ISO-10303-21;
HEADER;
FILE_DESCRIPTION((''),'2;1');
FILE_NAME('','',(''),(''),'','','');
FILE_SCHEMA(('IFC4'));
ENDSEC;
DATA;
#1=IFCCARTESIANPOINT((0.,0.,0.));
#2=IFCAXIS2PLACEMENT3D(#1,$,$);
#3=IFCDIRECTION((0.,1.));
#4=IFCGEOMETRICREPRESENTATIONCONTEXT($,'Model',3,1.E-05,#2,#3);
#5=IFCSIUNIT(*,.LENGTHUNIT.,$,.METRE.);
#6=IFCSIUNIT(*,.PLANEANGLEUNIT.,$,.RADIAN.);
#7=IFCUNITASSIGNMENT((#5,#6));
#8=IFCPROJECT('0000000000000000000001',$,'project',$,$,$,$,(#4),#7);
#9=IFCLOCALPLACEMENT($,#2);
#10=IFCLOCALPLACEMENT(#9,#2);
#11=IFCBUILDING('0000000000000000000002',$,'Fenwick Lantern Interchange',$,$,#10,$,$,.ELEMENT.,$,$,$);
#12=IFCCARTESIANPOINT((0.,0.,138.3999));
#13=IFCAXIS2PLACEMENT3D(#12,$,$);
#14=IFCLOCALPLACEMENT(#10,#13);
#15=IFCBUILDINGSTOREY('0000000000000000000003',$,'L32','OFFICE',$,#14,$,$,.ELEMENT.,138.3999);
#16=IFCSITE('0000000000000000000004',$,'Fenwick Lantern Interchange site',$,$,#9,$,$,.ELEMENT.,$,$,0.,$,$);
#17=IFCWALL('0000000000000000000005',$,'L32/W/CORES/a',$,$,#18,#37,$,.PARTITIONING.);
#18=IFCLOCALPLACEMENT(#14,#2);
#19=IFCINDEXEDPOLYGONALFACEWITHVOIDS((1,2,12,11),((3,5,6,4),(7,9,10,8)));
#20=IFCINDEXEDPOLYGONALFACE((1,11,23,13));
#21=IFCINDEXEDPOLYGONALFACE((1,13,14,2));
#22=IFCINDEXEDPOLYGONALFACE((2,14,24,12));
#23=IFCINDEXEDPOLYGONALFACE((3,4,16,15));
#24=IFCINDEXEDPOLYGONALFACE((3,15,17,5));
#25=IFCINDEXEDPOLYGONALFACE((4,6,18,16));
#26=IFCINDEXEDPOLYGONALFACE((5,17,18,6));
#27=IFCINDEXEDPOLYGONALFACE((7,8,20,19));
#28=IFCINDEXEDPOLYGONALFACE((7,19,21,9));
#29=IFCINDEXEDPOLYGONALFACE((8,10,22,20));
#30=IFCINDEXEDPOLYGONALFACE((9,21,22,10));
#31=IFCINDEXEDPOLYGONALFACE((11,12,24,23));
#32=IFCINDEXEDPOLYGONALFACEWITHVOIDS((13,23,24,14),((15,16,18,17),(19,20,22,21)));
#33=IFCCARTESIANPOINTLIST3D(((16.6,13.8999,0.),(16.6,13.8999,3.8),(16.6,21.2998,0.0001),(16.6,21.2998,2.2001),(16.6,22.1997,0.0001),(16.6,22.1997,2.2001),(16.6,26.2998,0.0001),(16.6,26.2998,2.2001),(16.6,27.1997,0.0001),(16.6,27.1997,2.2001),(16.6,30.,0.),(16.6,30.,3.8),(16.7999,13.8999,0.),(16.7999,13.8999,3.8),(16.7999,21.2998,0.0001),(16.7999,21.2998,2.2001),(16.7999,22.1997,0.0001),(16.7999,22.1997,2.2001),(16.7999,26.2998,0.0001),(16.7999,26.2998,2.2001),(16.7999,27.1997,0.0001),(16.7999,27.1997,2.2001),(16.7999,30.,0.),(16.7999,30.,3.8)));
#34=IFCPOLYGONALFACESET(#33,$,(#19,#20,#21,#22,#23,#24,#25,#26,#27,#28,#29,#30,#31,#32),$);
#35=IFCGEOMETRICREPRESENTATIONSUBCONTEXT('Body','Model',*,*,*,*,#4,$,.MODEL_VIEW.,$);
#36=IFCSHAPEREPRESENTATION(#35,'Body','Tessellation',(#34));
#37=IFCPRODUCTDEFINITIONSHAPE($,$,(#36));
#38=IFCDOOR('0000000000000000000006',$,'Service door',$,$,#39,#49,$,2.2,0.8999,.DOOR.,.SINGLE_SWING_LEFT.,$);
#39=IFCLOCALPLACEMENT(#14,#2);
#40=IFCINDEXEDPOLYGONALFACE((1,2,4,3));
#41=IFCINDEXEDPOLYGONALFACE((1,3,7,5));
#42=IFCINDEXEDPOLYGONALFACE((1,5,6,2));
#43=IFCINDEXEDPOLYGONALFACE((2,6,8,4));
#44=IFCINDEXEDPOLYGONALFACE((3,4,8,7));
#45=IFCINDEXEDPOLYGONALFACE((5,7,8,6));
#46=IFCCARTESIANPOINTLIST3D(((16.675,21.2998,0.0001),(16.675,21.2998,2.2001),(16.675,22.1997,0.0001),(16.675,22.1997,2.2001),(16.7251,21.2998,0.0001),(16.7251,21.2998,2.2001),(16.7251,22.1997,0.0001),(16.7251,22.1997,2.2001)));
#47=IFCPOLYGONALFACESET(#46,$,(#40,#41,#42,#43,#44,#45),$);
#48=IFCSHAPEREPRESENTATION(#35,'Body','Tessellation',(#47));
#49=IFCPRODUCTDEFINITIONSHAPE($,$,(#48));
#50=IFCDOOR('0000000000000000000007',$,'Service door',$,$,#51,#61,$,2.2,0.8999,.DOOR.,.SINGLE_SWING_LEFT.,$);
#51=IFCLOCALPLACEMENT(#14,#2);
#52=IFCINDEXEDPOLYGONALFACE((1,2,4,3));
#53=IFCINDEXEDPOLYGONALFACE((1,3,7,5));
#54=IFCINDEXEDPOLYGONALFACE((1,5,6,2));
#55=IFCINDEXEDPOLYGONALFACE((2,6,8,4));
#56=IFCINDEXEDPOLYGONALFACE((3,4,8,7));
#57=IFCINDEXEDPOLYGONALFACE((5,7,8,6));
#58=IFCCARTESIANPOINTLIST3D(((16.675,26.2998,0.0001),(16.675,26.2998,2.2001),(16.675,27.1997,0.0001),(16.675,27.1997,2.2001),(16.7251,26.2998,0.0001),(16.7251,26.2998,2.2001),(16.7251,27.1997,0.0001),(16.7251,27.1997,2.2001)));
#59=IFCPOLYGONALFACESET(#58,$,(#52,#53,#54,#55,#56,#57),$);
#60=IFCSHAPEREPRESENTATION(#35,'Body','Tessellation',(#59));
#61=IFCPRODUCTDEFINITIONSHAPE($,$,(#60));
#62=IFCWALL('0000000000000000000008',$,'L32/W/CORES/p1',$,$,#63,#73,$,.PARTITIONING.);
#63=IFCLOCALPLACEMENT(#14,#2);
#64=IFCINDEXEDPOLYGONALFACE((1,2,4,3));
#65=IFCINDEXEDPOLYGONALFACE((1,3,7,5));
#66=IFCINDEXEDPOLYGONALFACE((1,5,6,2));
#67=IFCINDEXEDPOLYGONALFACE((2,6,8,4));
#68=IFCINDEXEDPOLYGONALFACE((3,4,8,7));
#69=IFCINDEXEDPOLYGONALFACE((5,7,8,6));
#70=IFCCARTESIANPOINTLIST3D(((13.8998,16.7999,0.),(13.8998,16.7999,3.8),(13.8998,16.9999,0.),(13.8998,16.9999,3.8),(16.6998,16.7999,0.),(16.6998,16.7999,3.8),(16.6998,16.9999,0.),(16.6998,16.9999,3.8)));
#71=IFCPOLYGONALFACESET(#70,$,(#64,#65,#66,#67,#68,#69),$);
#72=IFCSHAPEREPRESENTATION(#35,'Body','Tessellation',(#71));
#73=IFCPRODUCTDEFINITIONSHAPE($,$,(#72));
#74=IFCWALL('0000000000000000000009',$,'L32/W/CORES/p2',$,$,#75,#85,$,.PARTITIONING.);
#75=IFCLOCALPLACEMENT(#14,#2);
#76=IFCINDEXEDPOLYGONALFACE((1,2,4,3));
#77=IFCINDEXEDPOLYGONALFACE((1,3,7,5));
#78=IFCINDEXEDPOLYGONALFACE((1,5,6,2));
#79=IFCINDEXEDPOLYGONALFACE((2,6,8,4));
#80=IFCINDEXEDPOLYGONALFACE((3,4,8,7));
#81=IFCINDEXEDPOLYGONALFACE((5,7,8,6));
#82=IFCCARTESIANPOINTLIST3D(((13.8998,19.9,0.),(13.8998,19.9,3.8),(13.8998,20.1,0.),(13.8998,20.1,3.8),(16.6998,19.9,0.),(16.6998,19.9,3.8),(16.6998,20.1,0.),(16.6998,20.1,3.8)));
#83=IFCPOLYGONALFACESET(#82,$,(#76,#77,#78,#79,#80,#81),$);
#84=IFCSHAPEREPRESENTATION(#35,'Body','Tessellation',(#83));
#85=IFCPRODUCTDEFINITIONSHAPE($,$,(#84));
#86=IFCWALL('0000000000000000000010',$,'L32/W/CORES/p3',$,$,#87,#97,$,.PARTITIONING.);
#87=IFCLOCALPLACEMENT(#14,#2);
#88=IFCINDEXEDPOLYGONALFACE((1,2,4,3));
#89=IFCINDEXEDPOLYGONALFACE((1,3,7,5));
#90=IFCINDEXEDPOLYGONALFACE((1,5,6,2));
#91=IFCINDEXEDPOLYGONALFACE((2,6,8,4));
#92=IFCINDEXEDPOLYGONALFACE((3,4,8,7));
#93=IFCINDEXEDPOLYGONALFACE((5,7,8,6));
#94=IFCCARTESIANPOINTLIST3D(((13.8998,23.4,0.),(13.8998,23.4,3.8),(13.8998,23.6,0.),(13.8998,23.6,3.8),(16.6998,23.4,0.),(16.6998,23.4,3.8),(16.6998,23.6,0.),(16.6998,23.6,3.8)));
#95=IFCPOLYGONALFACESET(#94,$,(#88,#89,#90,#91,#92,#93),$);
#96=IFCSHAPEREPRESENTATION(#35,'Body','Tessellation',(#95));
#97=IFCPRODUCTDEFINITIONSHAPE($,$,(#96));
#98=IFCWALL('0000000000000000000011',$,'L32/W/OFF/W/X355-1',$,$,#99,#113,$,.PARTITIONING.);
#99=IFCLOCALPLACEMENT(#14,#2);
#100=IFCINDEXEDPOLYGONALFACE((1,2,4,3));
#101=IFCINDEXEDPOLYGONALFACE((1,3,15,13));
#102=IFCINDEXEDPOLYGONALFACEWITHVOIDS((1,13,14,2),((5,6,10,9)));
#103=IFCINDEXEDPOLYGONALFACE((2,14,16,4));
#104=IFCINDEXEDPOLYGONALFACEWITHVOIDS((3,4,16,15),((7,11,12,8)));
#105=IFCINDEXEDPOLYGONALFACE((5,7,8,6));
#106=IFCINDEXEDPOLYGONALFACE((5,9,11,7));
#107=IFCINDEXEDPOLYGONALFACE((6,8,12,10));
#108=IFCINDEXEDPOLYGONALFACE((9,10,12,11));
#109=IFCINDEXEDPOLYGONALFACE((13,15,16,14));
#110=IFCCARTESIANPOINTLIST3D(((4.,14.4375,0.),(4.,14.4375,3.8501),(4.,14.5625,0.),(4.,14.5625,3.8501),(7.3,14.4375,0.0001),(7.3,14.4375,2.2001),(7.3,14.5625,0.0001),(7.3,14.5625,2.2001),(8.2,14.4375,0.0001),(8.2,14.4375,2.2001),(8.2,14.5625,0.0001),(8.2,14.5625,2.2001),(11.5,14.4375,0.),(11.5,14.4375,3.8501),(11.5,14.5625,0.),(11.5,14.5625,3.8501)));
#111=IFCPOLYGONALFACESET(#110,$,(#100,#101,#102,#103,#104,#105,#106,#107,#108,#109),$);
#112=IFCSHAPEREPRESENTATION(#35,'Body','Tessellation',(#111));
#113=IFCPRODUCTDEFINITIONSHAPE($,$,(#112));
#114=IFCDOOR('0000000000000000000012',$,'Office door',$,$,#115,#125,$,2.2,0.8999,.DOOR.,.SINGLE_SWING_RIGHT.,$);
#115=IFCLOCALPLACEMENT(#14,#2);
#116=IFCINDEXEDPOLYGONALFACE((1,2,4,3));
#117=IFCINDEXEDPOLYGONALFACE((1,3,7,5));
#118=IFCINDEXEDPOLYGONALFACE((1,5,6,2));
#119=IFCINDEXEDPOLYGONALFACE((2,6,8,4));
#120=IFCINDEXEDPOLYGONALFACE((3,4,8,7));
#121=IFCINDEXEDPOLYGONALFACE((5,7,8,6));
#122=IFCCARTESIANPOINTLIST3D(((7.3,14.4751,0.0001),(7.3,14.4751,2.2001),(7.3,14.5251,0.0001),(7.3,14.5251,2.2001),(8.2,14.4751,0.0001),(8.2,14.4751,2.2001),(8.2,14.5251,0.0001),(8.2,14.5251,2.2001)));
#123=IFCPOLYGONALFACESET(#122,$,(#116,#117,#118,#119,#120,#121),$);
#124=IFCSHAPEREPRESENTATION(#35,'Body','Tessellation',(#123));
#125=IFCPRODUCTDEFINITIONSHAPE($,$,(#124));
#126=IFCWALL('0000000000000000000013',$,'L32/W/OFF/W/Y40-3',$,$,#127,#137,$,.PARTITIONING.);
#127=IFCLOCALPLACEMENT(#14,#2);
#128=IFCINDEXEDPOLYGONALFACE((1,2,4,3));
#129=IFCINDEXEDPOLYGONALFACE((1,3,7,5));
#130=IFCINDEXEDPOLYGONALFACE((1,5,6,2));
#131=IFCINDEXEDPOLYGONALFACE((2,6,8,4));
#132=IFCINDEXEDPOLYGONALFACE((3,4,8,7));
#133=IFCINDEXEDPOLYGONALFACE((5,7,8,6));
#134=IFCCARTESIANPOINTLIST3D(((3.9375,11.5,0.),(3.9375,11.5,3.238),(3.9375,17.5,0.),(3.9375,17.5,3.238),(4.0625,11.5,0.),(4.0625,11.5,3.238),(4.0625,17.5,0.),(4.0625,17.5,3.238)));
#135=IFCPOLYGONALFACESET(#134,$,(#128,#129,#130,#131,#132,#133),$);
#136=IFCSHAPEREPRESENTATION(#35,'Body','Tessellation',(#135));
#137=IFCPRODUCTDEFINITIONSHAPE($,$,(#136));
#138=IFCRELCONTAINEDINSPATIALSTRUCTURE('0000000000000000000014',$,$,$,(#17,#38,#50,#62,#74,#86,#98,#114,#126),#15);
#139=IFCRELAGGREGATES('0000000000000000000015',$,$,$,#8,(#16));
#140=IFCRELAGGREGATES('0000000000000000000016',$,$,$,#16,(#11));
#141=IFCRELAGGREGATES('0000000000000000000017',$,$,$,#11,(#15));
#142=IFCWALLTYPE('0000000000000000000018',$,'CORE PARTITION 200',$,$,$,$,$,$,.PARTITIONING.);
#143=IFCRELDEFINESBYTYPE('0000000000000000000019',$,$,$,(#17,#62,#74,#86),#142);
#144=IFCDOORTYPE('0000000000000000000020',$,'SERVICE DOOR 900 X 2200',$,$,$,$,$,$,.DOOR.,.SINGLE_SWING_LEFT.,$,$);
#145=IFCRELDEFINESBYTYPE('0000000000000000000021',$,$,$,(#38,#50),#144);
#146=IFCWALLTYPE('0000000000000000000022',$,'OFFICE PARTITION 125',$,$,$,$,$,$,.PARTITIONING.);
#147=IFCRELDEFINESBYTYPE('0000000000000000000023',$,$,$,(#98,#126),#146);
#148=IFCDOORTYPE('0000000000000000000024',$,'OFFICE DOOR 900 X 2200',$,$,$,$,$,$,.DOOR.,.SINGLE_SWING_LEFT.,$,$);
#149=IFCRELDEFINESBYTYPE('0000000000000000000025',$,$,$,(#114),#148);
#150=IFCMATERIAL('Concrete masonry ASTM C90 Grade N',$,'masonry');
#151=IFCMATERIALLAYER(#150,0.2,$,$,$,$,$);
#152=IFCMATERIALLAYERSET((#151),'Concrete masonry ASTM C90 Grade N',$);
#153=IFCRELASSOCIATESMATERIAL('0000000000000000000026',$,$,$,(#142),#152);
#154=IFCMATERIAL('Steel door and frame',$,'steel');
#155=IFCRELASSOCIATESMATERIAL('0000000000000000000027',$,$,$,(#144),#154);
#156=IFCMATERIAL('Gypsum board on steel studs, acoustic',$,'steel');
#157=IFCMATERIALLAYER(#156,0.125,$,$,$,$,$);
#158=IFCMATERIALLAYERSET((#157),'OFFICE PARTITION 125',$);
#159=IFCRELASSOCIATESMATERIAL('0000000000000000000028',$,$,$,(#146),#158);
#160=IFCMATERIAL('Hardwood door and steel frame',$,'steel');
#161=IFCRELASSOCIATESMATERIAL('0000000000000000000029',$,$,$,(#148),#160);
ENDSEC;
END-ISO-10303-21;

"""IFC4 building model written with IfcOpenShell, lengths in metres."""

from ifc_helpers import new_model, si_unit, direction, frame, frame_2d, origin, place, context, subcontext, project, spatial, rectangle, extrude, material, layer, layer_set, type_object, element, fill, save


model = new_model("IFC4")

# Units and contexts
model_context = context("Model", 3, precision=1e-05, world=origin(), true_north=direction((0.0, 1.0)))
body_context = subcontext(model_context, "Body", "Model", "MODEL_VIEW")
ifc_project = project(units=[si_unit("LENGTHUNIT", "METRE"), si_unit("PLANEANGLEUNIT", "RADIAN")], contexts=[model_context])

# Site, building, storey
site_placement = place(None, origin())
site = spatial("IfcSite", under=ifc_project, at=site_placement, Name="Fenwick Lantern Interchange site", CompositionType="ELEMENT", RefElevation=0.0)
building_placement = place(site_placement, origin())
building = spatial("IfcBuilding", under=site, at=building_placement, Name="Fenwick Lantern Interchange", CompositionType="ELEMENT")
storey_placement = place(building_placement, frame((0.0, 0.0, 138.3999)))
storey = spatial("IfcBuildingStorey", under=building, at=storey_placement, Name="L32", Description="OFFICE", CompositionType="ELEMENT", Elevation=138.3999)

# Wall, openings, doors
ifc_material_1 = material(Name="Concrete masonry ASTM C90 Grade N", Category="masonry")
ifc_layer_1 = layer(ifc_material_1, 0.2)
ifc_layer_set_1 = layer_set([ifc_layer_1], Name="Concrete masonry ASTM C90 Grade N")
wall_type_1 = type_object("IfcWallType", Name="CORE PARTITION 200", PredefinedType="PARTITIONING", material=ifc_layer_set_1)
wall_1_placement = place(storey_placement, frame((16.7, 13.8999, 0.0), z_axis=(0.0, 0.0, 1.0), x_axis=(0.0, 1.0, 0.0)))
wall_1 = element("IfcWall", 1, at=wall_1_placement, inside=storey, type_object=wall_type_1, Name="L32/W/CORES/a", PredefinedType="PARTITIONING", context=body_context, shape_type="SweptSolid", body=[
    extrude(rectangle(XDim=16.1001, YDim=0.2, at=frame_2d((8.05, 0.0))), origin(), (0.0, 0.0, 1.0), 3.8),
])
opening_1_placement = place(wall_1_placement, frame((7.3999, 0.0, 0.0)))
opening_1 = element("IfcOpeningElement", 2, at=opening_1_placement, cuts=wall_1, PredefinedType="OPENING", context=body_context, shape_type="SweptSolid", body=[
    extrude(rectangle(XDim=0.8999, YDim=2.2, at=frame_2d((0.45, 1.1001))), frame((0.0, 0.1099, 0.0), z_axis=(0.0, -1.0, 0.0), x_axis=(1.0, 0.0, 0.0)), (0.0, 0.0, 1.0), 0.22),
])
opening_2_placement = place(wall_1_placement, frame((12.3999, 0.0, 0.0)))
opening_2 = element("IfcOpeningElement", 3, at=opening_2_placement, cuts=wall_1, PredefinedType="OPENING", context=body_context, shape_type="SweptSolid", body=[
    extrude(rectangle(XDim=0.8999, YDim=2.2, at=frame_2d((0.45, 1.1001))), frame((0.0, 0.1099, 0.0), z_axis=(0.0, -1.0, 0.0), x_axis=(1.0, 0.0, 0.0)), (0.0, 0.0, 1.0), 0.22),
])
ifc_material_2 = material(Name="Steel door and frame", Category="steel")
door_type_1 = type_object("IfcDoorType", Name="SERVICE DOOR 900 X 2200", OperationType="SINGLE_SWING_LEFT", PredefinedType="DOOR", material=ifc_material_2)
door_1_placement = place(opening_1_placement, origin())
door_1 = element("IfcDoor", 4, at=door_1_placement, inside=storey, type_object=door_type_1, Name="Service door", OperationType="SINGLE_SWING_LEFT", OverallHeight=2.2, OverallWidth=0.8999, PredefinedType="DOOR", context=body_context, shape_type="SweptSolid", body=[
    extrude(rectangle(XDim=0.8999, YDim=2.2, at=frame_2d((0.45, 1.1001))), frame((0.0, 0.0249, 0.0), z_axis=(0.0, -1.0, 0.0), x_axis=(1.0, 0.0, 0.0)), (0.0, 0.0, 1.0), 0.05),
])
fill(opening_1, door_1)
door_2_placement = place(opening_2_placement, origin())
door_2 = element("IfcDoor", 5, at=door_2_placement, inside=storey, type_object=door_type_1, Name="Service door", OperationType="SINGLE_SWING_LEFT", OverallHeight=2.2, OverallWidth=0.8999, PredefinedType="DOOR", context=body_context, shape_type="SweptSolid", body=[
    extrude(rectangle(XDim=0.8999, YDim=2.2, at=frame_2d((0.45, 1.1001))), frame((0.0, 0.0249, 0.0), z_axis=(0.0, -1.0, 0.0), x_axis=(1.0, 0.0, 0.0)), (0.0, 0.0, 1.0), 0.05),
])
fill(opening_2, door_2)

# Walls
for number, where, z_axis, x_axis, name in (
    (6, (13.8999, 16.8999, 0.0), (0.0, 0.0, 1.0), (1.0, 0.0, 0.0), "L32/W/CORES/p1"),
    (7, (13.8999, 20.0, 0.0), (0.0, 0.0, 1.0), (1.0, 0.0, 0.0), "L32/W/CORES/p2"),
    (8, (13.8999, 23.5, 0.0), (0.0, 0.0, 1.0), (1.0, 0.0, 0.0), "L32/W/CORES/p3"),
):
    element("IfcWall", number, at=place(storey_placement, frame(where, z_axis=z_axis, x_axis=x_axis)), inside=storey, type_object=wall_type_1, Name=name, PredefinedType="PARTITIONING", context=body_context, shape_type="SweptSolid", body=[
        extrude(rectangle(XDim=2.8, YDim=0.2, at=frame_2d((1.3999, 0.0))), origin(), (0.0, 0.0, 1.0), 3.8),
    ])

# Shared definitions
ifc_material_3 = material(Name="Hardwood door and steel frame", Category="steel")

# Wall, opening, door
ifc_material_4 = material(Name="Gypsum board on steel studs, acoustic", Category="steel")
ifc_layer_2 = layer(ifc_material_4, 0.125)
ifc_layer_set_2 = layer_set([ifc_layer_2], Name="OFFICE PARTITION 125")
wall_type_2 = type_object("IfcWallType", Name="OFFICE PARTITION 125", PredefinedType="PARTITIONING", material=ifc_layer_set_2)
wall_2_placement = place(storey_placement, frame((4.0, 14.5, 0.0), z_axis=(0.0, 0.0, 1.0), x_axis=(1.0, 0.0, 0.0)))
wall_2 = element("IfcWall", 9, at=wall_2_placement, inside=storey, type_object=wall_type_2, Name="L32/W/OFF/W/X355-1", PredefinedType="PARTITIONING", context=body_context, shape_type="SweptSolid", body=[
    extrude(rectangle(XDim=7.5, YDim=0.125, at=frame_2d((3.75, 0.0))), origin(), (0.0, 0.0, 1.0), 3.8501),
])
opening_3_placement = place(wall_2_placement, frame((3.3, 0.0, 0.0)))
opening_3 = element("IfcOpeningElement", 10, at=opening_3_placement, cuts=wall_2, PredefinedType="OPENING", context=body_context, shape_type="SweptSolid", body=[
    extrude(rectangle(XDim=0.8999, YDim=2.2, at=frame_2d((0.45, 1.1001))), frame((0.0, 0.0725, 0.0), z_axis=(0.0, -1.0, 0.0), x_axis=(1.0, 0.0, 0.0)), (0.0, 0.0, 1.0), 0.145),
])
door_type_2 = type_object("IfcDoorType", Name="OFFICE DOOR 900 X 2200", OperationType="SINGLE_SWING_LEFT", PredefinedType="DOOR", material=ifc_material_3)
door_3_placement = place(opening_3_placement, frame((0.8999, 0.0, 0.0), z_axis=(0.0, 0.0, 1.0), x_axis=(-1.0, 0.0, 0.0)))
door_3 = element("IfcDoor", 11, at=door_3_placement, inside=storey, type_object=door_type_2, Name="Office door", OperationType="SINGLE_SWING_RIGHT", OverallHeight=2.2, OverallWidth=0.8999, PredefinedType="DOOR", context=body_context, shape_type="SweptSolid", body=[
    extrude(rectangle(XDim=0.8999, YDim=2.2, at=frame_2d((0.45, 1.1001))), frame((0.0, 0.0249, 0.0), z_axis=(0.0, -1.0, 0.0), x_axis=(1.0, 0.0, 0.0)), (0.0, 0.0, 1.0), 0.05),
])
fill(opening_3, door_3)

# Wall
wall_3_placement = place(storey_placement, frame((4.0, 17.5, 0.0), z_axis=(0.0, 0.0, 1.0), x_axis=(0.0, -1.0, 0.0)))
element("IfcWall", 12, at=wall_3_placement, inside=storey, type_object=wall_type_2, Name="L32/W/OFF/W/Y40-3", PredefinedType="PARTITIONING", context=body_context, shape_type="SweptSolid", body=[
    extrude(rectangle(XDim=6.0, YDim=0.125, at=frame_2d((3.0, 0.0))), origin(), (0.0, 0.0, 1.0), 3.238),
])

save(model, "model.ifc")
